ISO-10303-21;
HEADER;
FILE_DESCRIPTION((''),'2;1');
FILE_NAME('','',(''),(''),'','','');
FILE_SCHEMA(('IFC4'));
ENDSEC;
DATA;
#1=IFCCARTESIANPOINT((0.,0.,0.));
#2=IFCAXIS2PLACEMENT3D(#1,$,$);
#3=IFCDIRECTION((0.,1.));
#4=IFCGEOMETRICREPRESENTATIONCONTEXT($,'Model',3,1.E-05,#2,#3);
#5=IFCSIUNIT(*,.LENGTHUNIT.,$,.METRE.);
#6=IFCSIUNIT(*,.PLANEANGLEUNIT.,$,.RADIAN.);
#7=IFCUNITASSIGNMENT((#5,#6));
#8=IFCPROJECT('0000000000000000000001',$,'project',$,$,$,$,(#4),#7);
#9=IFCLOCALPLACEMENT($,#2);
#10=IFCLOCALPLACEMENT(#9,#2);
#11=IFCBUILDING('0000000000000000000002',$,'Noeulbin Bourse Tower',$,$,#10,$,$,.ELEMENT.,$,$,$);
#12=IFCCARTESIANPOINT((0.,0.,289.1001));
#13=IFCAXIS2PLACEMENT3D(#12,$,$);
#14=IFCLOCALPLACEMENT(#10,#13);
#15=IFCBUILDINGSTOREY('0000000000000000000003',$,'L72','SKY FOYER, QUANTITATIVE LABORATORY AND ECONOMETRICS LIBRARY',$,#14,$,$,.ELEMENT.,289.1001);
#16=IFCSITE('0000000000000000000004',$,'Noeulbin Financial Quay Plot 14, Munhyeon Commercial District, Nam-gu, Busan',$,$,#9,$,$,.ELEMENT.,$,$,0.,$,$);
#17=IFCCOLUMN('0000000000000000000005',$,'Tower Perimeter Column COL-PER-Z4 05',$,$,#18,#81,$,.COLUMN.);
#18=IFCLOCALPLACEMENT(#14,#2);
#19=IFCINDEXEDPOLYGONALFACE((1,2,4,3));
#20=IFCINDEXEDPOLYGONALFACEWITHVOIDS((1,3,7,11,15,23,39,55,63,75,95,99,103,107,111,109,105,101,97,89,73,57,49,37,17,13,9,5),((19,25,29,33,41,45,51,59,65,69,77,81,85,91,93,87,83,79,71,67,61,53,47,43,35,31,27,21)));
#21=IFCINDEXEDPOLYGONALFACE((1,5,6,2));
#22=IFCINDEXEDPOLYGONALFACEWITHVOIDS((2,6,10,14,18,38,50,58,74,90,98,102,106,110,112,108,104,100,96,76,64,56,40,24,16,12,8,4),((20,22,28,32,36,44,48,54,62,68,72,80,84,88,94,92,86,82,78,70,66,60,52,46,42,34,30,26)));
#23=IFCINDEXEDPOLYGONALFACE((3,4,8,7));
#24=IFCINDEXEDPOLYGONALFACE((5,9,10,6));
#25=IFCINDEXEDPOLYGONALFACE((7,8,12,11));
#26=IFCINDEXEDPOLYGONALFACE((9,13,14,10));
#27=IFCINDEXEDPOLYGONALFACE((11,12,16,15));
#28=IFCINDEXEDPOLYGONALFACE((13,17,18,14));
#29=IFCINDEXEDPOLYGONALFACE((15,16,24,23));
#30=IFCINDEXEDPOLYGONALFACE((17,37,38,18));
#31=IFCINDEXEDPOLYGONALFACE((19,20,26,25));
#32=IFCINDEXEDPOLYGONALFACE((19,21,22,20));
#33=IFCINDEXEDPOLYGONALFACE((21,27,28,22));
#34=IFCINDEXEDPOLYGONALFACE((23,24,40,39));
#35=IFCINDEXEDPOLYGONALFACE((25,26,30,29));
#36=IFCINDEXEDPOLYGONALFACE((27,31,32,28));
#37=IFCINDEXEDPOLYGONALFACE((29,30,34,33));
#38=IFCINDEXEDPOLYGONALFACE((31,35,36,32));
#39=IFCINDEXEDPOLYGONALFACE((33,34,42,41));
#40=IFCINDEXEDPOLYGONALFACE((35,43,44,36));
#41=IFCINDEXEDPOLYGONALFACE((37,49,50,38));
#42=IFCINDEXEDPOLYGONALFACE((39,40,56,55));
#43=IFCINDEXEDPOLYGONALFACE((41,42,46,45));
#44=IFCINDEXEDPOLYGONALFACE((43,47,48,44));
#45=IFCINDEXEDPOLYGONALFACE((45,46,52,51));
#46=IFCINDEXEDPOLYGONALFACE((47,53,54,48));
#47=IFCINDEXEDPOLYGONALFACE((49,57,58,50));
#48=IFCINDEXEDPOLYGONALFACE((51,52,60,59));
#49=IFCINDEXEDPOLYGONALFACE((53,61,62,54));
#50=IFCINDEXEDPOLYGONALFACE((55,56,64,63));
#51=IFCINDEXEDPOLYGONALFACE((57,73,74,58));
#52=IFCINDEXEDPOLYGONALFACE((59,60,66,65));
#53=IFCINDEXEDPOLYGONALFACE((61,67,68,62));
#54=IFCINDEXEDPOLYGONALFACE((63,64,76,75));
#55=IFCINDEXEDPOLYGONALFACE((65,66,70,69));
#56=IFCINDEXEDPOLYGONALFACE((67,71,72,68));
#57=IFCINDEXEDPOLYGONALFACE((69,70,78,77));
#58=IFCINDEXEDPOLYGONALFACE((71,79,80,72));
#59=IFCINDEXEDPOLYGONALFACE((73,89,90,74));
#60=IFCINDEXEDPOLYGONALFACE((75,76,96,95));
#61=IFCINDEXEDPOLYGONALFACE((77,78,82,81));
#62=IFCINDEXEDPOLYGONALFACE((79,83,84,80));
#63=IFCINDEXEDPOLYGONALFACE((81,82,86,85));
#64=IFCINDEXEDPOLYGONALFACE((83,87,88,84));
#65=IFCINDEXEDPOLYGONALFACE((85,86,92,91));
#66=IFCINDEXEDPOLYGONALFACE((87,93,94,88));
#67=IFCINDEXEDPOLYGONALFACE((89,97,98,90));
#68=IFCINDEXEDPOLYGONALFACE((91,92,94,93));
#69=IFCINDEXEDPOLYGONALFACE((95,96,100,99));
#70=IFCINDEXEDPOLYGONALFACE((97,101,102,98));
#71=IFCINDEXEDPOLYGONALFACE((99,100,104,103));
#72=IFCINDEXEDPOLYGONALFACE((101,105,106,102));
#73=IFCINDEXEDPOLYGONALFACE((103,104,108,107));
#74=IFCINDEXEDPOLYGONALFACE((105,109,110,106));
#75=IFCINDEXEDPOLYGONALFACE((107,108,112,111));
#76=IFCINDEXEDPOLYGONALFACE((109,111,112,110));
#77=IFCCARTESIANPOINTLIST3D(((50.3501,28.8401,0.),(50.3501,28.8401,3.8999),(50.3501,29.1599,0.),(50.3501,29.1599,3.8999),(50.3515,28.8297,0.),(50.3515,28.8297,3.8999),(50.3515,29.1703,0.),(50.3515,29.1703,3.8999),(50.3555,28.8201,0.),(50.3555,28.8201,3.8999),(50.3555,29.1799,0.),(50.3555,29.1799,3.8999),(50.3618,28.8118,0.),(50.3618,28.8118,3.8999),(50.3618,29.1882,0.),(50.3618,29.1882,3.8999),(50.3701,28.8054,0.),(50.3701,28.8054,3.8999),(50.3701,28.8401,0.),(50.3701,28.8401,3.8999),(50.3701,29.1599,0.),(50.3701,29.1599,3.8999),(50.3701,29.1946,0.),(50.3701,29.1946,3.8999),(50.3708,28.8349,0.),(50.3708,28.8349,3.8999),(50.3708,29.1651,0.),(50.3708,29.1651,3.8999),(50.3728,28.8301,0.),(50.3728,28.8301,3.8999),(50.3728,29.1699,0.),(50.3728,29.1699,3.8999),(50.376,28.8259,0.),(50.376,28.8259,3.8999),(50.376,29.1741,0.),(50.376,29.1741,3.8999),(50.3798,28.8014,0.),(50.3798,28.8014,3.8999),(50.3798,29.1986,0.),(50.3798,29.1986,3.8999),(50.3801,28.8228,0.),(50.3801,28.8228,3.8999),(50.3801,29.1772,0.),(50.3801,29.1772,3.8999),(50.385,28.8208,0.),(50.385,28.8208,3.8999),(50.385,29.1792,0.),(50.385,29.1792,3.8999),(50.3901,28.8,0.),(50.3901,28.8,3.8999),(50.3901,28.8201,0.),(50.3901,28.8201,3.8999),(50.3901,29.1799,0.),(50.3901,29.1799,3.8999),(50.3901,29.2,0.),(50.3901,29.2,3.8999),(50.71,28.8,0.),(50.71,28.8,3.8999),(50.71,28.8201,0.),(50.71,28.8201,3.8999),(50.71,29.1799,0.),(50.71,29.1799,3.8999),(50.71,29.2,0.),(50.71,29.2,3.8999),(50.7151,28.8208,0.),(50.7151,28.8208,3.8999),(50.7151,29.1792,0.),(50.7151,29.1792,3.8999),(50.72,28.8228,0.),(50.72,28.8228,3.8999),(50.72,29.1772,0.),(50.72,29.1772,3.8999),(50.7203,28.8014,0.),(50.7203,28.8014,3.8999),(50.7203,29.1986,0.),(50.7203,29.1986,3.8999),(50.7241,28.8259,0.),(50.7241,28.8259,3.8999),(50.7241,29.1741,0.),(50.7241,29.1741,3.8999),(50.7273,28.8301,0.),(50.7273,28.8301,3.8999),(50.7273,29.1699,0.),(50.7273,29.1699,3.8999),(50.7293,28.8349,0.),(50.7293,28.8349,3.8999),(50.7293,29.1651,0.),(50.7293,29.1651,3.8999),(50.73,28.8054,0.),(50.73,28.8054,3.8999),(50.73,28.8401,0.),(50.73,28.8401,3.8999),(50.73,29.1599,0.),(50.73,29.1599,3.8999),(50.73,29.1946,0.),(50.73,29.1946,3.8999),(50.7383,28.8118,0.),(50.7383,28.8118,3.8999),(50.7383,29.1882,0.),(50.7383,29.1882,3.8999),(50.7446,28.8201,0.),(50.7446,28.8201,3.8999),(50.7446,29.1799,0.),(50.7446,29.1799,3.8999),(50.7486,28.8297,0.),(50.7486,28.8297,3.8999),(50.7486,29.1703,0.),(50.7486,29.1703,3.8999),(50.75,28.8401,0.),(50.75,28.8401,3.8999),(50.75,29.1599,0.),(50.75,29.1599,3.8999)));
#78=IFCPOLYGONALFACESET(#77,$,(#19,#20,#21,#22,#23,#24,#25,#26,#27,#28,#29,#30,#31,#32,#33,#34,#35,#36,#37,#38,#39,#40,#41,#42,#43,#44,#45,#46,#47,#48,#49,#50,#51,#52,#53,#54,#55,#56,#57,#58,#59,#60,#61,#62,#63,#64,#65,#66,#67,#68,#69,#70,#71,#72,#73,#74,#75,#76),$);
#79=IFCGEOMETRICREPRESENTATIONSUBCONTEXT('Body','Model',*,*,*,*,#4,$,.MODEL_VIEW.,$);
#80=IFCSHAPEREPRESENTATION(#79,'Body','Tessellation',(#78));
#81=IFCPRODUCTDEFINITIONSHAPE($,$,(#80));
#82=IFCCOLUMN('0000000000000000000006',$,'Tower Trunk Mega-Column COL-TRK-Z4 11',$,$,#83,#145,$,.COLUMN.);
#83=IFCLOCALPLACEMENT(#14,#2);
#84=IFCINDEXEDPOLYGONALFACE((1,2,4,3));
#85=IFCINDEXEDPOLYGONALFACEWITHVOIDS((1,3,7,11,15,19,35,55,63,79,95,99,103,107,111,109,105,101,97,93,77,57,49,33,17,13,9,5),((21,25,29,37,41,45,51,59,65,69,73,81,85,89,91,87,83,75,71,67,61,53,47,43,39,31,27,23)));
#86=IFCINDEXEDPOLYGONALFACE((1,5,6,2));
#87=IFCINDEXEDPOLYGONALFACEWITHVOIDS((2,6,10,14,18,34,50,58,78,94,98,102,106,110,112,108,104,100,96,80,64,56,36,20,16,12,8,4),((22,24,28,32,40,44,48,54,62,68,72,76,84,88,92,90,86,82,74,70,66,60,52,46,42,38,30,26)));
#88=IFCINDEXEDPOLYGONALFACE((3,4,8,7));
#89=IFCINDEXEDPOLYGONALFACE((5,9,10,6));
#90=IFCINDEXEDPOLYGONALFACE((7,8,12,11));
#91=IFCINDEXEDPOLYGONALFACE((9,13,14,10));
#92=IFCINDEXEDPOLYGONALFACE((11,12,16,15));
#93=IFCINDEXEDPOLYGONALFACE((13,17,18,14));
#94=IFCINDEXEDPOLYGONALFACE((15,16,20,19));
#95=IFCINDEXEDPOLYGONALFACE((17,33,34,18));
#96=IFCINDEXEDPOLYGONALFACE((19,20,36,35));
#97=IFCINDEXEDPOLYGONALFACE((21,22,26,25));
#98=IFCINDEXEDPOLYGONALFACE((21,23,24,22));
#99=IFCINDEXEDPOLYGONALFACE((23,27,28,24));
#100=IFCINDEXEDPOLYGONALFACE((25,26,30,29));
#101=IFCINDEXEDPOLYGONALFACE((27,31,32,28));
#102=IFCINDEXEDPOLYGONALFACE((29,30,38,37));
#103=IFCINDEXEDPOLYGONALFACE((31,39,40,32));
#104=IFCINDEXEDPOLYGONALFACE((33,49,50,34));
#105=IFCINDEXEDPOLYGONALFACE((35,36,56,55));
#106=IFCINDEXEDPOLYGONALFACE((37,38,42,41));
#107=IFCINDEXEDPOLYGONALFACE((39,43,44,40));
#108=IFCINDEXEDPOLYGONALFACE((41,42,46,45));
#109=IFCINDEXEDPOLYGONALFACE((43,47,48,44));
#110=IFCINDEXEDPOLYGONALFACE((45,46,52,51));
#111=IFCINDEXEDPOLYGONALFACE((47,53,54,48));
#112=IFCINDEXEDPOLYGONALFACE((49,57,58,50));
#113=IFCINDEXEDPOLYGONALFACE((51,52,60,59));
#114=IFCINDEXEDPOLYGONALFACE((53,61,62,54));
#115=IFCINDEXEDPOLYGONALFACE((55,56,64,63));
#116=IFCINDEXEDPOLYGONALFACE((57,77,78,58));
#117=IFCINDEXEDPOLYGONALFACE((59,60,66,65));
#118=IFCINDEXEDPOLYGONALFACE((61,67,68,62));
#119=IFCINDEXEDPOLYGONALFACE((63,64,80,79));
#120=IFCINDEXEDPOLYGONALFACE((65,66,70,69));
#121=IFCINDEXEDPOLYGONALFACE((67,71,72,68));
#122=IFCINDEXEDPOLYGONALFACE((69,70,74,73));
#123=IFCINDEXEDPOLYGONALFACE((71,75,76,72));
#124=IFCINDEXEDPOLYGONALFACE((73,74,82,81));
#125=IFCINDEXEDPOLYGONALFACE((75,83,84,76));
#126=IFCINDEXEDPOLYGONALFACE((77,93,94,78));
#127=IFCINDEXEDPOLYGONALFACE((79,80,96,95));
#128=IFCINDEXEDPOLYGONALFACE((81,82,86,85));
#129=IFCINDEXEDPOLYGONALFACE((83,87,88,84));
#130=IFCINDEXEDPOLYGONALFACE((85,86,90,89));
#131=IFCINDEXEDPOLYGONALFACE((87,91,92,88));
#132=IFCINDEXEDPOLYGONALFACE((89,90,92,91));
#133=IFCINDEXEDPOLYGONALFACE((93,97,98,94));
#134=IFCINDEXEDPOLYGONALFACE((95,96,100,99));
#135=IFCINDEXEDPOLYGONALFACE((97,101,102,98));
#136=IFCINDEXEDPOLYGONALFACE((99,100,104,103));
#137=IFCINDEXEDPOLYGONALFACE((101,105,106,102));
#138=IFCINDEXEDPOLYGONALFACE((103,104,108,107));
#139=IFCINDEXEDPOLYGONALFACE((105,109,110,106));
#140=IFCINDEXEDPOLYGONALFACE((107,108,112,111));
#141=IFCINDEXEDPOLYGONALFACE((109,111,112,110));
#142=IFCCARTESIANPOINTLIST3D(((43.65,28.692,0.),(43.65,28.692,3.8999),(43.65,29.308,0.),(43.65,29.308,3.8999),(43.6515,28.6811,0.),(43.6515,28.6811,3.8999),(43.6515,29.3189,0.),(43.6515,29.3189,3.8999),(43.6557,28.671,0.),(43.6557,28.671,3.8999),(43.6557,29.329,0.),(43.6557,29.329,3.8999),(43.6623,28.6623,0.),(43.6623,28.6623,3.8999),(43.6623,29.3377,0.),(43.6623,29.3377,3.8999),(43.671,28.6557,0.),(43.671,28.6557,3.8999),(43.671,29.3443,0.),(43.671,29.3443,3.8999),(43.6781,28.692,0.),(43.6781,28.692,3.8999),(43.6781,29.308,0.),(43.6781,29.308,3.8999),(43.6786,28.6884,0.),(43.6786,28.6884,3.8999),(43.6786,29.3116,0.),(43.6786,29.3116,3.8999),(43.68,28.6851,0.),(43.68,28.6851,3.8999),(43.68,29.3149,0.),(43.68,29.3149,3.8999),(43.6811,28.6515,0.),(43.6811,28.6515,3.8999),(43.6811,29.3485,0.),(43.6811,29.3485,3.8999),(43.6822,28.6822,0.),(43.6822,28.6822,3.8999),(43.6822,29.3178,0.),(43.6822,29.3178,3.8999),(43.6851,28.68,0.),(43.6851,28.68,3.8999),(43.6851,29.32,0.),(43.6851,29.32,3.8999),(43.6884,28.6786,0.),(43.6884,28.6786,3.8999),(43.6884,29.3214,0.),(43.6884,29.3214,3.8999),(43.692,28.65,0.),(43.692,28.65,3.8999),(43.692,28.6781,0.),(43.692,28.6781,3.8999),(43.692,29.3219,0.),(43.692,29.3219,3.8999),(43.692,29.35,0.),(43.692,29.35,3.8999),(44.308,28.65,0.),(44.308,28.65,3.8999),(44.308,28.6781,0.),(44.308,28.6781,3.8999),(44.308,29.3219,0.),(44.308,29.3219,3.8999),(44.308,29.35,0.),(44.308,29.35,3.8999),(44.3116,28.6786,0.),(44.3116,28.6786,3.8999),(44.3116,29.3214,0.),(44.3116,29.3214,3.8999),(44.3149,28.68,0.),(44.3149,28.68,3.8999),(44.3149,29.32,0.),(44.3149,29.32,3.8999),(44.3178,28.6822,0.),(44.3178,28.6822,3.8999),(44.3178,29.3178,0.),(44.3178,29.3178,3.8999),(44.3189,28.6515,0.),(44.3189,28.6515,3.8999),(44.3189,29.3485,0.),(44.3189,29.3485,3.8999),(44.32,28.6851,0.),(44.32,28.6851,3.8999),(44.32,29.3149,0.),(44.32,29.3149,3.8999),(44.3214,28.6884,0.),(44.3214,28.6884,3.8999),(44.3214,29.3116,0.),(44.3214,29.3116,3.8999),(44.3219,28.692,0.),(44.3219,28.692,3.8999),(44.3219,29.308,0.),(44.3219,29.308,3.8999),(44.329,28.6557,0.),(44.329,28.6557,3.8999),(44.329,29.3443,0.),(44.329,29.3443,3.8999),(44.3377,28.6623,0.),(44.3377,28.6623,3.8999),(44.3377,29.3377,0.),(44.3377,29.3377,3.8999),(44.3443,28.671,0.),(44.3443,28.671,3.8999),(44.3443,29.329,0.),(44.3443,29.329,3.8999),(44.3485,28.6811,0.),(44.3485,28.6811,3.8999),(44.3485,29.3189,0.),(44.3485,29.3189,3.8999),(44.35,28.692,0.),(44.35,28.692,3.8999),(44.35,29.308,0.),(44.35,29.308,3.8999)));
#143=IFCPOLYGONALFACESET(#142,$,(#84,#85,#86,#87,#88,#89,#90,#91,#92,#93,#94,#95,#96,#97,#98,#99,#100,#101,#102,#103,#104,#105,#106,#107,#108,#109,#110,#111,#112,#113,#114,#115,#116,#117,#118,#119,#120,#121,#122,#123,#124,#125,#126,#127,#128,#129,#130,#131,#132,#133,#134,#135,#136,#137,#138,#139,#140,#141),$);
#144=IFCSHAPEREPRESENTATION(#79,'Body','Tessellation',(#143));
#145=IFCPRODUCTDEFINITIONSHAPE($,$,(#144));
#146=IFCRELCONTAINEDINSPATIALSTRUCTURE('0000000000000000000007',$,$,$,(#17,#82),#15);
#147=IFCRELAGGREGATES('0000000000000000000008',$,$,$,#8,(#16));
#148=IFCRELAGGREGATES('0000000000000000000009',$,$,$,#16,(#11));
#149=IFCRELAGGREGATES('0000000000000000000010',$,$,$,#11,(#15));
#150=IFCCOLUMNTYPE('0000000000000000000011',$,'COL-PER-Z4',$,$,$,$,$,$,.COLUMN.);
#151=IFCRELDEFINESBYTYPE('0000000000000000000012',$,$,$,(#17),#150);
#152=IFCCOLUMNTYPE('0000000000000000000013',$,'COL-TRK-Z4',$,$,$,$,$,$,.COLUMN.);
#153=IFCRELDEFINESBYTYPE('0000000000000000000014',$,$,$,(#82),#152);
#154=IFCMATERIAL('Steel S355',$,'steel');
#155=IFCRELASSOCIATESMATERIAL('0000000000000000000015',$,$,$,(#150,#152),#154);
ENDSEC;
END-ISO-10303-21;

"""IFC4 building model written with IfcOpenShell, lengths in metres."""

from ifc_helpers import new_model, si_unit, direction, frame, origin, origin_2d, place, context, subcontext, project, spatial, hollow_rectangle, extrude, material, material_profile, profile_set, type_object, element, save


model = new_model("IFC4")

# Units and contexts
model_context = context("Model", 3, precision=1e-05, world=origin(), true_north=direction((0.0, 1.0)))
body_context = subcontext(model_context, "Body", "Model", "MODEL_VIEW")
ifc_project = project(units=[si_unit("LENGTHUNIT", "METRE"), si_unit("PLANEANGLEUNIT", "RADIAN")], contexts=[model_context])

# Site, building, storey
site_placement = place(None, origin())
site = spatial("IfcSite", under=ifc_project, at=site_placement, Name="Noeulbin Financial Quay Plot 14, Munhyeon Commercial District, Nam-gu, Busan", CompositionType="ELEMENT", RefElevation=0.0)
building_placement = place(site_placement, origin())
building = spatial("IfcBuilding", under=site, at=building_placement, Name="Noeulbin Bourse Tower", CompositionType="ELEMENT")
storey_placement = place(building_placement, frame((0.0, 0.0, 289.1001)))
storey = spatial("IfcBuildingStorey", under=building, at=storey_placement, Name="L72", Description="SKY FOYER, QUANTITATIVE LABORATORY AND ECONOMETRICS LIBRARY", CompositionType="ELEMENT", Elevation=289.1001)

# Columns
ifc_material_1 = material(Name="Steel S355", Category="steel")
ifc_material_profile_1 = material_profile(ifc_material_1, hollow_rectangle(XDim=0.3999, YDim=0.3999, WallThickness=0.02, InnerFilletRadius=0.02, OuterFilletRadius=0.04, at=origin_2d()), Name="SHS-400x400x20", Category="LoadBearing")
ifc_profile_set_1 = profile_set([ifc_material_profile_1], Name="Steel S355")
column_type_1 = type_object("IfcColumnType", Name="COL-PER-Z4", PredefinedType="COLUMN", material=ifc_profile_set_1)
column_placement = place(storey_placement, frame((50.55, 29.0, 0.0), z_axis=(0.0, 0.0, 1.0), x_axis=(1.0, 0.0, 0.0)))
element("IfcColumn", 1, at=column_placement, inside=storey, type_object=column_type_1, Name="Tower Perimeter Column COL-PER-Z4 05", PredefinedType="COLUMN", context=body_context, shape_type="SweptSolid", body=[
    extrude(hollow_rectangle(XDim=0.3999, YDim=0.3999, WallThickness=0.02, InnerFilletRadius=0.02, OuterFilletRadius=0.04, at=origin_2d()), origin(), (0.0, 0.0, 1.0), 3.8999),
])
ifc_material_profile_2 = material_profile(ifc_material_1, hollow_rectangle(XDim=0.7, YDim=0.7, WallThickness=0.0281, InnerFilletRadius=0.0139, OuterFilletRadius=0.042, at=origin_2d()), Name="BOX-700x700x28", Category="LoadBearing")
ifc_profile_set_2 = profile_set([ifc_material_profile_2], Name="Steel S355")
column_type_2 = type_object("IfcColumnType", Name="COL-TRK-Z4", PredefinedType="COLUMN", material=ifc_profile_set_2)
for number, where, z_axis, x_axis, name in (
    (2, (44.0, 29.0, 0.0), (0.0, 0.0, 1.0), (1.0, 0.0, 0.0), "Tower Trunk Mega-Column COL-TRK-Z4 11"),
):
    element("IfcColumn", number, at=place(storey_placement, frame(where, z_axis=z_axis, x_axis=x_axis)), inside=storey, type_object=column_type_2, Name=name, PredefinedType="COLUMN", context=body_context, shape_type="SweptSolid", body=[
        extrude(hollow_rectangle(XDim=0.7, YDim=0.7, WallThickness=0.0281, InnerFilletRadius=0.0139, OuterFilletRadius=0.042, at=origin_2d()), origin(), (0.0, 0.0, 1.0), 3.8999),
    ])

save(model, "model.ifc")
